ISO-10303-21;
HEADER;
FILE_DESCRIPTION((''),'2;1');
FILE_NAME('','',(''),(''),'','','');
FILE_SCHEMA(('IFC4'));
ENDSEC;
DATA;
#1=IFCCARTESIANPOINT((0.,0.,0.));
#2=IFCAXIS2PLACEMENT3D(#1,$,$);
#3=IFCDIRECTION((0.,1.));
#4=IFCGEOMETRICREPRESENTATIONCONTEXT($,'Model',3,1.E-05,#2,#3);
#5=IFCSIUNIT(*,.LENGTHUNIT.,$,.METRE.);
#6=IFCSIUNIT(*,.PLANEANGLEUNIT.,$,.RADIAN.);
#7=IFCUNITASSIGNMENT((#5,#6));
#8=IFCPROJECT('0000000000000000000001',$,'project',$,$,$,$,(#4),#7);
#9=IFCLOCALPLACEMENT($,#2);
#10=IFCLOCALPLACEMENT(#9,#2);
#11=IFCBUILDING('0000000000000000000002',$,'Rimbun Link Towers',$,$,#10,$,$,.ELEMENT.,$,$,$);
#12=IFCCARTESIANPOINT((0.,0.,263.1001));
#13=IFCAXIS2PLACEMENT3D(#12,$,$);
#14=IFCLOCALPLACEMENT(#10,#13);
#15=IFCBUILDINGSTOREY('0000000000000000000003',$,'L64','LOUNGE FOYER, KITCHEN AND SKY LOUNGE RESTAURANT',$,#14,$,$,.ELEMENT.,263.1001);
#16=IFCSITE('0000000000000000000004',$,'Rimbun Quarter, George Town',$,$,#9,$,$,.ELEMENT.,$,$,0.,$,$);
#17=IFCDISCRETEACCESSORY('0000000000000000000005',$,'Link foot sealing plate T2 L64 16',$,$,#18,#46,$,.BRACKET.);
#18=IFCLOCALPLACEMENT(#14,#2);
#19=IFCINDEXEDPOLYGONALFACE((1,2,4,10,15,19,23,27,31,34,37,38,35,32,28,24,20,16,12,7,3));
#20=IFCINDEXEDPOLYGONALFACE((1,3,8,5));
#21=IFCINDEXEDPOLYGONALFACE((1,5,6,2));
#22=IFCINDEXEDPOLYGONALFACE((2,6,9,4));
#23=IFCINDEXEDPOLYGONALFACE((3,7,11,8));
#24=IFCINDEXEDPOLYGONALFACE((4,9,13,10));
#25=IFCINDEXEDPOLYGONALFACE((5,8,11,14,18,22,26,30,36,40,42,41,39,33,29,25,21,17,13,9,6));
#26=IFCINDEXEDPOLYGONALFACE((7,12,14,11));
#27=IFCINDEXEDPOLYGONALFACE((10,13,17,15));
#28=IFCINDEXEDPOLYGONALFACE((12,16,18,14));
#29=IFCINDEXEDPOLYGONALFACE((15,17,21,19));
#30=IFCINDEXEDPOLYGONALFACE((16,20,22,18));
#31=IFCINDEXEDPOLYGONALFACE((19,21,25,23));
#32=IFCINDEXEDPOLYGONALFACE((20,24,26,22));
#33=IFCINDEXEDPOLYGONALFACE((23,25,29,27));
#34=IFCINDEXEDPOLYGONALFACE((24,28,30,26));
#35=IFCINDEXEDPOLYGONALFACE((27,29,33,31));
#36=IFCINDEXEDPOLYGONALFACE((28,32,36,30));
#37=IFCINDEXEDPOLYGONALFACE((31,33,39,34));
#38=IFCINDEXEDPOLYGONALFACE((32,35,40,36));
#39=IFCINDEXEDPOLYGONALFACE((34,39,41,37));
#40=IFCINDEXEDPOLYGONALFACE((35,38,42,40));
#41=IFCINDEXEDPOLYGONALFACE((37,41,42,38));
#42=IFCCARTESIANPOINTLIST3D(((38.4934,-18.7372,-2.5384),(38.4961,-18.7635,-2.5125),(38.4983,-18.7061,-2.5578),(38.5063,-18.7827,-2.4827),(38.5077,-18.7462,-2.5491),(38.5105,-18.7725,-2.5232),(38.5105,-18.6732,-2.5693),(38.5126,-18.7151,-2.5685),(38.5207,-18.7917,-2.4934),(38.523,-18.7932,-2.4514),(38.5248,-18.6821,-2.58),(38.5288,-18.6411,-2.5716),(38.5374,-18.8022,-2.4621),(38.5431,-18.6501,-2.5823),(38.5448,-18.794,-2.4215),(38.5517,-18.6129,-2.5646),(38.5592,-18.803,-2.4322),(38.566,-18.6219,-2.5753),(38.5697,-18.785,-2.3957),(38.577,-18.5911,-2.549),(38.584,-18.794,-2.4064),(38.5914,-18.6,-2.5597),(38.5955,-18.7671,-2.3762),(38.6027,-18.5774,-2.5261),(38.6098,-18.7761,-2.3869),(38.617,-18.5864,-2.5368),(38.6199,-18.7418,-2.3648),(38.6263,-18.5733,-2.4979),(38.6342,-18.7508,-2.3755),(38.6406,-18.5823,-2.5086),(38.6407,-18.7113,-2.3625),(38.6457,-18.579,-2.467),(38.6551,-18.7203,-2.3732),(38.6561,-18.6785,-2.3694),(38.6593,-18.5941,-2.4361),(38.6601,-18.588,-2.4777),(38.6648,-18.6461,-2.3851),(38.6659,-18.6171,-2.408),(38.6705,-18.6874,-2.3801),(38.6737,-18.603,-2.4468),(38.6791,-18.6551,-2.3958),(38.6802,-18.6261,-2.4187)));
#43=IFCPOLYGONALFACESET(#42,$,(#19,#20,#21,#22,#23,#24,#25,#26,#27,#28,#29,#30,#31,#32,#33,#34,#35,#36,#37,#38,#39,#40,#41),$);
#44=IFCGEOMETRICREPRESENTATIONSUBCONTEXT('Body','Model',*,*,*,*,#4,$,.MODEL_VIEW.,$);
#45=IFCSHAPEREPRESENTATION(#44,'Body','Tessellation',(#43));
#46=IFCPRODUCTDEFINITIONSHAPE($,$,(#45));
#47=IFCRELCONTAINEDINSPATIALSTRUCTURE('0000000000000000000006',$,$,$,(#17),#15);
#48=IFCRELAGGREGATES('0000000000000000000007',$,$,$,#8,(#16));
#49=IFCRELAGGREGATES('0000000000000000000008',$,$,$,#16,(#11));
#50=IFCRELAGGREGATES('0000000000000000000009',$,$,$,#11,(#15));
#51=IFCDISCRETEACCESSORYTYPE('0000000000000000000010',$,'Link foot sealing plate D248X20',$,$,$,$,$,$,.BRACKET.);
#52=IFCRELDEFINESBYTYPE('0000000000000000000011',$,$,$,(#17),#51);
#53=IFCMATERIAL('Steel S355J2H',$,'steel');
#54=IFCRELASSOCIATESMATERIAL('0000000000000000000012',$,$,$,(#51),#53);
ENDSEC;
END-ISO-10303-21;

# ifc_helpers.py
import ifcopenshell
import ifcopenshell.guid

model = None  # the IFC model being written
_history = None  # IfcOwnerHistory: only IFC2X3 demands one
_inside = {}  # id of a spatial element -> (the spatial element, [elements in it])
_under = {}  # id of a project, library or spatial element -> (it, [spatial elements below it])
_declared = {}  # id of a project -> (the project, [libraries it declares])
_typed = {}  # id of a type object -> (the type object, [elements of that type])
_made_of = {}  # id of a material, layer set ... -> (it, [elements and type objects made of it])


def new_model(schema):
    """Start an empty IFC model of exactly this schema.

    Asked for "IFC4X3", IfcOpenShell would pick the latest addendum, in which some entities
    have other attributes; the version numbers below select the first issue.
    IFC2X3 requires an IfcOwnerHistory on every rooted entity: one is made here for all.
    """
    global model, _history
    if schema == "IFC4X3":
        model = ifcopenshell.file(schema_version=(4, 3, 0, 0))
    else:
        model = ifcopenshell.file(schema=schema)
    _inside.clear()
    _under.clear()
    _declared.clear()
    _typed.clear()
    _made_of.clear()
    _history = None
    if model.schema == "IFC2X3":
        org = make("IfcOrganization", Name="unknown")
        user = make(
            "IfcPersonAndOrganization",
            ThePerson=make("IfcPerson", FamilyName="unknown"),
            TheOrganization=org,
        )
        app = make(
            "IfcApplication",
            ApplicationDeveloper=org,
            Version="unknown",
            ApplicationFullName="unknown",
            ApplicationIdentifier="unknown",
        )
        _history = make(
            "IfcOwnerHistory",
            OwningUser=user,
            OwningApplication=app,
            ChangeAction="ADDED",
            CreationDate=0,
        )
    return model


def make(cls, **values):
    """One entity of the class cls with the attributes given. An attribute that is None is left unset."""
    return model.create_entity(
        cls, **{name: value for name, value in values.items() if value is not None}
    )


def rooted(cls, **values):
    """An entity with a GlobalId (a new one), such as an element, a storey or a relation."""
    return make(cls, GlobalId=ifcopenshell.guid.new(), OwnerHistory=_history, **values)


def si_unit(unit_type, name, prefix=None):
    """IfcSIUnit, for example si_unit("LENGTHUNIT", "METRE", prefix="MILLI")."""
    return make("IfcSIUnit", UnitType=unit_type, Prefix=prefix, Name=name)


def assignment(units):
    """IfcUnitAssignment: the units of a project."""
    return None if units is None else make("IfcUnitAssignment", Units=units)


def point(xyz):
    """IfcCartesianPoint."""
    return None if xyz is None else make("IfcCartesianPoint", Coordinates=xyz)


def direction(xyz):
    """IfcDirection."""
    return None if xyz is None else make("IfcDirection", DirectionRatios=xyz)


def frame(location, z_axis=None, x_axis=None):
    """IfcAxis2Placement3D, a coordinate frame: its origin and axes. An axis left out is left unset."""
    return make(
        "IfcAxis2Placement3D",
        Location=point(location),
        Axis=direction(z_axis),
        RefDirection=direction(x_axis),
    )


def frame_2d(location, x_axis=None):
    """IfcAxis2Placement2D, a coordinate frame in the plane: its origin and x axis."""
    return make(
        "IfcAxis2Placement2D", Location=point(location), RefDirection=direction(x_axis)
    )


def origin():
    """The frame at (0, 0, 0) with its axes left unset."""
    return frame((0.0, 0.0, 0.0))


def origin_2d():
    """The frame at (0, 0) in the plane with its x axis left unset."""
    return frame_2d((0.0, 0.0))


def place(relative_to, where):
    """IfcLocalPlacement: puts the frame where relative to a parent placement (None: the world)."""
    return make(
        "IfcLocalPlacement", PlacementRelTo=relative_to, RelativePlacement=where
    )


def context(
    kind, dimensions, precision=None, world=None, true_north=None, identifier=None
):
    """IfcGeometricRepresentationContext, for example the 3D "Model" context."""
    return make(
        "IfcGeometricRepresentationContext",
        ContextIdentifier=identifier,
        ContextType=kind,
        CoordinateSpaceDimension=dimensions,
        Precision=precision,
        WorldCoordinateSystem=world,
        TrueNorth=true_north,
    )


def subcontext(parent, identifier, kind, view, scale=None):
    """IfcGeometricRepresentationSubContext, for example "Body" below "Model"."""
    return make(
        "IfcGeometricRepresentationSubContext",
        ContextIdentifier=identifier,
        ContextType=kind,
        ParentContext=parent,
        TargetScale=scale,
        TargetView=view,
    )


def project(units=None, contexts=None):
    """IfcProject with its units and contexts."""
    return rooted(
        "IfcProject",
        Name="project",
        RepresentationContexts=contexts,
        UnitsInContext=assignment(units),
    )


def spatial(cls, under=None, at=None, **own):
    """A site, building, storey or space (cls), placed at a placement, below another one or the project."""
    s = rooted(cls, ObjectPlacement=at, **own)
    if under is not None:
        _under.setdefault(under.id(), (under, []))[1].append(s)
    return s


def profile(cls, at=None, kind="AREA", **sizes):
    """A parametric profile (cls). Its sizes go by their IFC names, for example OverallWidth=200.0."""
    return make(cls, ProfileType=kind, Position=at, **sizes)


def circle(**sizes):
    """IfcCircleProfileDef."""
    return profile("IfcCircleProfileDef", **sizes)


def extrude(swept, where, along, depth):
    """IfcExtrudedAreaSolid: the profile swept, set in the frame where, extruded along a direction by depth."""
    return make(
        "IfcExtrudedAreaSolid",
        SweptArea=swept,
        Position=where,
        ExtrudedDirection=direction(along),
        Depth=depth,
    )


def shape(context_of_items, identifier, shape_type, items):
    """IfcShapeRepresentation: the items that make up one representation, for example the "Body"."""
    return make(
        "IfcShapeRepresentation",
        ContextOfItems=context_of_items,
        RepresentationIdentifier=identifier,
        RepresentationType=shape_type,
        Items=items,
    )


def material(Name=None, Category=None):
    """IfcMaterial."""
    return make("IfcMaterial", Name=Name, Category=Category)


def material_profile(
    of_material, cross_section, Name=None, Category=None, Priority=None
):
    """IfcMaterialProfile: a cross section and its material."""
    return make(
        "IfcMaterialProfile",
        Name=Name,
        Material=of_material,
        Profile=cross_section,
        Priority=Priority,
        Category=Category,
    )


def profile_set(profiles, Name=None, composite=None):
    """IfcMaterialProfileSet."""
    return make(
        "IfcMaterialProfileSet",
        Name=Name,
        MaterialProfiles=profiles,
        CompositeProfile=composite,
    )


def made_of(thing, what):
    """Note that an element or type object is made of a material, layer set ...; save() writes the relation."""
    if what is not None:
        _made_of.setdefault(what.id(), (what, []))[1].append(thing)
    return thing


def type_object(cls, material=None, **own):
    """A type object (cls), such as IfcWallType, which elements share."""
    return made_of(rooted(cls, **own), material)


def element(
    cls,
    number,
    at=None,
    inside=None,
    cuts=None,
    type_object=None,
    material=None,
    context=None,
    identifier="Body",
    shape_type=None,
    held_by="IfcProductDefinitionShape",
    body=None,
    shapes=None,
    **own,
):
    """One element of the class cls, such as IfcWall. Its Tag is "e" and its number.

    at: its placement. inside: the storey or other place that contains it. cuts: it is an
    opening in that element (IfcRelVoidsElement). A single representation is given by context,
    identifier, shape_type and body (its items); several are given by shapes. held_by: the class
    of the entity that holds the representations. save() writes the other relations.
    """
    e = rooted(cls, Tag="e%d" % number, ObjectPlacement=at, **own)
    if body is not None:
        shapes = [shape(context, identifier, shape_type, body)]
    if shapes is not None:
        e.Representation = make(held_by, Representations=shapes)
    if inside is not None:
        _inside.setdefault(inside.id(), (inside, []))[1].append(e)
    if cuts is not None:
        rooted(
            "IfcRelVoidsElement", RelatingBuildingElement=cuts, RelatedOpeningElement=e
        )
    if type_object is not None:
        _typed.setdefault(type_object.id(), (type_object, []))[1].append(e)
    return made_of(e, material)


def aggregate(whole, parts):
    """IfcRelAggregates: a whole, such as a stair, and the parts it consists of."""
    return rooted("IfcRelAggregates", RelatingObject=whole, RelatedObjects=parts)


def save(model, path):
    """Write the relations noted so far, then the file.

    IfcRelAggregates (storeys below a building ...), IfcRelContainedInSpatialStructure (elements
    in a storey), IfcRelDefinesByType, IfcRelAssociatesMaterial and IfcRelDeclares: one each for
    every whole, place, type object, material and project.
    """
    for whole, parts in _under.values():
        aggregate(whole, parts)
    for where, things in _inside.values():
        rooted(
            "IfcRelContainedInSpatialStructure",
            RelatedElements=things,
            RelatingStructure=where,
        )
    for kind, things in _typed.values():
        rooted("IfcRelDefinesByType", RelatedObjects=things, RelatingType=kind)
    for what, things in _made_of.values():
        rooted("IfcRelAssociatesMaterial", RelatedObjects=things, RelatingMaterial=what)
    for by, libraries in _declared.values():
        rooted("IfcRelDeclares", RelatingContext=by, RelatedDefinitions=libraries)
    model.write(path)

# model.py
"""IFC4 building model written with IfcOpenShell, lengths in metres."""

from ifc_helpers import new_model, si_unit, direction, frame, origin, origin_2d, place, context, subcontext, project, spatial, circle, extrude, material, material_profile, profile_set, type_object, element, save


model = new_model("IFC4")

# Units and contexts
model_context = context("Model", 3, precision=1e-05, world=origin(), true_north=direction((0.0, 1.0)))
body_context = subcontext(model_context, "Body", "Model", "MODEL_VIEW")
ifc_project = project(units=[si_unit("LENGTHUNIT", "METRE"), si_unit("PLANEANGLEUNIT", "RADIAN")], contexts=[model_context])

# Site, building, storey
site_placement = place(None, origin())
site = spatial("IfcSite", under=ifc_project, at=site_placement, Name="Rimbun Quarter, George Town", CompositionType="ELEMENT", RefElevation=0.0)
building_placement = place(site_placement, origin())
building = spatial("IfcBuilding", under=site, at=building_placement, Name="Rimbun Link Towers", CompositionType="ELEMENT")
storey_placement = place(building_placement, frame((0.0, 0.0, 263.1001)))
storey = spatial("IfcBuildingStorey", under=building, at=storey_placement, Name="L64", Description="LOUNGE FOYER, KITCHEN AND SKY LOUNGE RESTAURANT", CompositionType="ELEMENT", Elevation=263.1001)

# Discrete accessory
ifc_material_1 = material(Name="Steel S355J2H", Category="steel")
ifc_material_profile_1 = material_profile(ifc_material_1, circle(Radius=0.124, at=origin_2d()), Name="PL D248")
ifc_profile_set_1 = profile_set([ifc_material_profile_1], Name="Steel S355J2H")
discrete_accessory_type = type_object("IfcDiscreteAccessoryType", Name="Link foot sealing plate D248X20", PredefinedType="BRACKET", material=ifc_profile_set_1)
for number, where, z_axis, x_axis, name in (
    (1, (38.5798, -18.6841, -2.467), (0.716218, -0.449154, -0.534128), (0.531289, 0.847191, 0.0), "Link foot sealing plate T2 L64 16"),
):
    element("IfcDiscreteAccessory", number, at=place(storey_placement, frame(where, z_axis=z_axis, x_axis=x_axis)), inside=storey, type_object=discrete_accessory_type, Name=name, PredefinedType="BRACKET", context=body_context, shape_type="SweptSolid", body=[
        extrude(circle(Radius=0.124, at=origin_2d()), origin(), (0.0, 0.0, 1.0), 0.02),
    ])

save(model, "model.ifc")
